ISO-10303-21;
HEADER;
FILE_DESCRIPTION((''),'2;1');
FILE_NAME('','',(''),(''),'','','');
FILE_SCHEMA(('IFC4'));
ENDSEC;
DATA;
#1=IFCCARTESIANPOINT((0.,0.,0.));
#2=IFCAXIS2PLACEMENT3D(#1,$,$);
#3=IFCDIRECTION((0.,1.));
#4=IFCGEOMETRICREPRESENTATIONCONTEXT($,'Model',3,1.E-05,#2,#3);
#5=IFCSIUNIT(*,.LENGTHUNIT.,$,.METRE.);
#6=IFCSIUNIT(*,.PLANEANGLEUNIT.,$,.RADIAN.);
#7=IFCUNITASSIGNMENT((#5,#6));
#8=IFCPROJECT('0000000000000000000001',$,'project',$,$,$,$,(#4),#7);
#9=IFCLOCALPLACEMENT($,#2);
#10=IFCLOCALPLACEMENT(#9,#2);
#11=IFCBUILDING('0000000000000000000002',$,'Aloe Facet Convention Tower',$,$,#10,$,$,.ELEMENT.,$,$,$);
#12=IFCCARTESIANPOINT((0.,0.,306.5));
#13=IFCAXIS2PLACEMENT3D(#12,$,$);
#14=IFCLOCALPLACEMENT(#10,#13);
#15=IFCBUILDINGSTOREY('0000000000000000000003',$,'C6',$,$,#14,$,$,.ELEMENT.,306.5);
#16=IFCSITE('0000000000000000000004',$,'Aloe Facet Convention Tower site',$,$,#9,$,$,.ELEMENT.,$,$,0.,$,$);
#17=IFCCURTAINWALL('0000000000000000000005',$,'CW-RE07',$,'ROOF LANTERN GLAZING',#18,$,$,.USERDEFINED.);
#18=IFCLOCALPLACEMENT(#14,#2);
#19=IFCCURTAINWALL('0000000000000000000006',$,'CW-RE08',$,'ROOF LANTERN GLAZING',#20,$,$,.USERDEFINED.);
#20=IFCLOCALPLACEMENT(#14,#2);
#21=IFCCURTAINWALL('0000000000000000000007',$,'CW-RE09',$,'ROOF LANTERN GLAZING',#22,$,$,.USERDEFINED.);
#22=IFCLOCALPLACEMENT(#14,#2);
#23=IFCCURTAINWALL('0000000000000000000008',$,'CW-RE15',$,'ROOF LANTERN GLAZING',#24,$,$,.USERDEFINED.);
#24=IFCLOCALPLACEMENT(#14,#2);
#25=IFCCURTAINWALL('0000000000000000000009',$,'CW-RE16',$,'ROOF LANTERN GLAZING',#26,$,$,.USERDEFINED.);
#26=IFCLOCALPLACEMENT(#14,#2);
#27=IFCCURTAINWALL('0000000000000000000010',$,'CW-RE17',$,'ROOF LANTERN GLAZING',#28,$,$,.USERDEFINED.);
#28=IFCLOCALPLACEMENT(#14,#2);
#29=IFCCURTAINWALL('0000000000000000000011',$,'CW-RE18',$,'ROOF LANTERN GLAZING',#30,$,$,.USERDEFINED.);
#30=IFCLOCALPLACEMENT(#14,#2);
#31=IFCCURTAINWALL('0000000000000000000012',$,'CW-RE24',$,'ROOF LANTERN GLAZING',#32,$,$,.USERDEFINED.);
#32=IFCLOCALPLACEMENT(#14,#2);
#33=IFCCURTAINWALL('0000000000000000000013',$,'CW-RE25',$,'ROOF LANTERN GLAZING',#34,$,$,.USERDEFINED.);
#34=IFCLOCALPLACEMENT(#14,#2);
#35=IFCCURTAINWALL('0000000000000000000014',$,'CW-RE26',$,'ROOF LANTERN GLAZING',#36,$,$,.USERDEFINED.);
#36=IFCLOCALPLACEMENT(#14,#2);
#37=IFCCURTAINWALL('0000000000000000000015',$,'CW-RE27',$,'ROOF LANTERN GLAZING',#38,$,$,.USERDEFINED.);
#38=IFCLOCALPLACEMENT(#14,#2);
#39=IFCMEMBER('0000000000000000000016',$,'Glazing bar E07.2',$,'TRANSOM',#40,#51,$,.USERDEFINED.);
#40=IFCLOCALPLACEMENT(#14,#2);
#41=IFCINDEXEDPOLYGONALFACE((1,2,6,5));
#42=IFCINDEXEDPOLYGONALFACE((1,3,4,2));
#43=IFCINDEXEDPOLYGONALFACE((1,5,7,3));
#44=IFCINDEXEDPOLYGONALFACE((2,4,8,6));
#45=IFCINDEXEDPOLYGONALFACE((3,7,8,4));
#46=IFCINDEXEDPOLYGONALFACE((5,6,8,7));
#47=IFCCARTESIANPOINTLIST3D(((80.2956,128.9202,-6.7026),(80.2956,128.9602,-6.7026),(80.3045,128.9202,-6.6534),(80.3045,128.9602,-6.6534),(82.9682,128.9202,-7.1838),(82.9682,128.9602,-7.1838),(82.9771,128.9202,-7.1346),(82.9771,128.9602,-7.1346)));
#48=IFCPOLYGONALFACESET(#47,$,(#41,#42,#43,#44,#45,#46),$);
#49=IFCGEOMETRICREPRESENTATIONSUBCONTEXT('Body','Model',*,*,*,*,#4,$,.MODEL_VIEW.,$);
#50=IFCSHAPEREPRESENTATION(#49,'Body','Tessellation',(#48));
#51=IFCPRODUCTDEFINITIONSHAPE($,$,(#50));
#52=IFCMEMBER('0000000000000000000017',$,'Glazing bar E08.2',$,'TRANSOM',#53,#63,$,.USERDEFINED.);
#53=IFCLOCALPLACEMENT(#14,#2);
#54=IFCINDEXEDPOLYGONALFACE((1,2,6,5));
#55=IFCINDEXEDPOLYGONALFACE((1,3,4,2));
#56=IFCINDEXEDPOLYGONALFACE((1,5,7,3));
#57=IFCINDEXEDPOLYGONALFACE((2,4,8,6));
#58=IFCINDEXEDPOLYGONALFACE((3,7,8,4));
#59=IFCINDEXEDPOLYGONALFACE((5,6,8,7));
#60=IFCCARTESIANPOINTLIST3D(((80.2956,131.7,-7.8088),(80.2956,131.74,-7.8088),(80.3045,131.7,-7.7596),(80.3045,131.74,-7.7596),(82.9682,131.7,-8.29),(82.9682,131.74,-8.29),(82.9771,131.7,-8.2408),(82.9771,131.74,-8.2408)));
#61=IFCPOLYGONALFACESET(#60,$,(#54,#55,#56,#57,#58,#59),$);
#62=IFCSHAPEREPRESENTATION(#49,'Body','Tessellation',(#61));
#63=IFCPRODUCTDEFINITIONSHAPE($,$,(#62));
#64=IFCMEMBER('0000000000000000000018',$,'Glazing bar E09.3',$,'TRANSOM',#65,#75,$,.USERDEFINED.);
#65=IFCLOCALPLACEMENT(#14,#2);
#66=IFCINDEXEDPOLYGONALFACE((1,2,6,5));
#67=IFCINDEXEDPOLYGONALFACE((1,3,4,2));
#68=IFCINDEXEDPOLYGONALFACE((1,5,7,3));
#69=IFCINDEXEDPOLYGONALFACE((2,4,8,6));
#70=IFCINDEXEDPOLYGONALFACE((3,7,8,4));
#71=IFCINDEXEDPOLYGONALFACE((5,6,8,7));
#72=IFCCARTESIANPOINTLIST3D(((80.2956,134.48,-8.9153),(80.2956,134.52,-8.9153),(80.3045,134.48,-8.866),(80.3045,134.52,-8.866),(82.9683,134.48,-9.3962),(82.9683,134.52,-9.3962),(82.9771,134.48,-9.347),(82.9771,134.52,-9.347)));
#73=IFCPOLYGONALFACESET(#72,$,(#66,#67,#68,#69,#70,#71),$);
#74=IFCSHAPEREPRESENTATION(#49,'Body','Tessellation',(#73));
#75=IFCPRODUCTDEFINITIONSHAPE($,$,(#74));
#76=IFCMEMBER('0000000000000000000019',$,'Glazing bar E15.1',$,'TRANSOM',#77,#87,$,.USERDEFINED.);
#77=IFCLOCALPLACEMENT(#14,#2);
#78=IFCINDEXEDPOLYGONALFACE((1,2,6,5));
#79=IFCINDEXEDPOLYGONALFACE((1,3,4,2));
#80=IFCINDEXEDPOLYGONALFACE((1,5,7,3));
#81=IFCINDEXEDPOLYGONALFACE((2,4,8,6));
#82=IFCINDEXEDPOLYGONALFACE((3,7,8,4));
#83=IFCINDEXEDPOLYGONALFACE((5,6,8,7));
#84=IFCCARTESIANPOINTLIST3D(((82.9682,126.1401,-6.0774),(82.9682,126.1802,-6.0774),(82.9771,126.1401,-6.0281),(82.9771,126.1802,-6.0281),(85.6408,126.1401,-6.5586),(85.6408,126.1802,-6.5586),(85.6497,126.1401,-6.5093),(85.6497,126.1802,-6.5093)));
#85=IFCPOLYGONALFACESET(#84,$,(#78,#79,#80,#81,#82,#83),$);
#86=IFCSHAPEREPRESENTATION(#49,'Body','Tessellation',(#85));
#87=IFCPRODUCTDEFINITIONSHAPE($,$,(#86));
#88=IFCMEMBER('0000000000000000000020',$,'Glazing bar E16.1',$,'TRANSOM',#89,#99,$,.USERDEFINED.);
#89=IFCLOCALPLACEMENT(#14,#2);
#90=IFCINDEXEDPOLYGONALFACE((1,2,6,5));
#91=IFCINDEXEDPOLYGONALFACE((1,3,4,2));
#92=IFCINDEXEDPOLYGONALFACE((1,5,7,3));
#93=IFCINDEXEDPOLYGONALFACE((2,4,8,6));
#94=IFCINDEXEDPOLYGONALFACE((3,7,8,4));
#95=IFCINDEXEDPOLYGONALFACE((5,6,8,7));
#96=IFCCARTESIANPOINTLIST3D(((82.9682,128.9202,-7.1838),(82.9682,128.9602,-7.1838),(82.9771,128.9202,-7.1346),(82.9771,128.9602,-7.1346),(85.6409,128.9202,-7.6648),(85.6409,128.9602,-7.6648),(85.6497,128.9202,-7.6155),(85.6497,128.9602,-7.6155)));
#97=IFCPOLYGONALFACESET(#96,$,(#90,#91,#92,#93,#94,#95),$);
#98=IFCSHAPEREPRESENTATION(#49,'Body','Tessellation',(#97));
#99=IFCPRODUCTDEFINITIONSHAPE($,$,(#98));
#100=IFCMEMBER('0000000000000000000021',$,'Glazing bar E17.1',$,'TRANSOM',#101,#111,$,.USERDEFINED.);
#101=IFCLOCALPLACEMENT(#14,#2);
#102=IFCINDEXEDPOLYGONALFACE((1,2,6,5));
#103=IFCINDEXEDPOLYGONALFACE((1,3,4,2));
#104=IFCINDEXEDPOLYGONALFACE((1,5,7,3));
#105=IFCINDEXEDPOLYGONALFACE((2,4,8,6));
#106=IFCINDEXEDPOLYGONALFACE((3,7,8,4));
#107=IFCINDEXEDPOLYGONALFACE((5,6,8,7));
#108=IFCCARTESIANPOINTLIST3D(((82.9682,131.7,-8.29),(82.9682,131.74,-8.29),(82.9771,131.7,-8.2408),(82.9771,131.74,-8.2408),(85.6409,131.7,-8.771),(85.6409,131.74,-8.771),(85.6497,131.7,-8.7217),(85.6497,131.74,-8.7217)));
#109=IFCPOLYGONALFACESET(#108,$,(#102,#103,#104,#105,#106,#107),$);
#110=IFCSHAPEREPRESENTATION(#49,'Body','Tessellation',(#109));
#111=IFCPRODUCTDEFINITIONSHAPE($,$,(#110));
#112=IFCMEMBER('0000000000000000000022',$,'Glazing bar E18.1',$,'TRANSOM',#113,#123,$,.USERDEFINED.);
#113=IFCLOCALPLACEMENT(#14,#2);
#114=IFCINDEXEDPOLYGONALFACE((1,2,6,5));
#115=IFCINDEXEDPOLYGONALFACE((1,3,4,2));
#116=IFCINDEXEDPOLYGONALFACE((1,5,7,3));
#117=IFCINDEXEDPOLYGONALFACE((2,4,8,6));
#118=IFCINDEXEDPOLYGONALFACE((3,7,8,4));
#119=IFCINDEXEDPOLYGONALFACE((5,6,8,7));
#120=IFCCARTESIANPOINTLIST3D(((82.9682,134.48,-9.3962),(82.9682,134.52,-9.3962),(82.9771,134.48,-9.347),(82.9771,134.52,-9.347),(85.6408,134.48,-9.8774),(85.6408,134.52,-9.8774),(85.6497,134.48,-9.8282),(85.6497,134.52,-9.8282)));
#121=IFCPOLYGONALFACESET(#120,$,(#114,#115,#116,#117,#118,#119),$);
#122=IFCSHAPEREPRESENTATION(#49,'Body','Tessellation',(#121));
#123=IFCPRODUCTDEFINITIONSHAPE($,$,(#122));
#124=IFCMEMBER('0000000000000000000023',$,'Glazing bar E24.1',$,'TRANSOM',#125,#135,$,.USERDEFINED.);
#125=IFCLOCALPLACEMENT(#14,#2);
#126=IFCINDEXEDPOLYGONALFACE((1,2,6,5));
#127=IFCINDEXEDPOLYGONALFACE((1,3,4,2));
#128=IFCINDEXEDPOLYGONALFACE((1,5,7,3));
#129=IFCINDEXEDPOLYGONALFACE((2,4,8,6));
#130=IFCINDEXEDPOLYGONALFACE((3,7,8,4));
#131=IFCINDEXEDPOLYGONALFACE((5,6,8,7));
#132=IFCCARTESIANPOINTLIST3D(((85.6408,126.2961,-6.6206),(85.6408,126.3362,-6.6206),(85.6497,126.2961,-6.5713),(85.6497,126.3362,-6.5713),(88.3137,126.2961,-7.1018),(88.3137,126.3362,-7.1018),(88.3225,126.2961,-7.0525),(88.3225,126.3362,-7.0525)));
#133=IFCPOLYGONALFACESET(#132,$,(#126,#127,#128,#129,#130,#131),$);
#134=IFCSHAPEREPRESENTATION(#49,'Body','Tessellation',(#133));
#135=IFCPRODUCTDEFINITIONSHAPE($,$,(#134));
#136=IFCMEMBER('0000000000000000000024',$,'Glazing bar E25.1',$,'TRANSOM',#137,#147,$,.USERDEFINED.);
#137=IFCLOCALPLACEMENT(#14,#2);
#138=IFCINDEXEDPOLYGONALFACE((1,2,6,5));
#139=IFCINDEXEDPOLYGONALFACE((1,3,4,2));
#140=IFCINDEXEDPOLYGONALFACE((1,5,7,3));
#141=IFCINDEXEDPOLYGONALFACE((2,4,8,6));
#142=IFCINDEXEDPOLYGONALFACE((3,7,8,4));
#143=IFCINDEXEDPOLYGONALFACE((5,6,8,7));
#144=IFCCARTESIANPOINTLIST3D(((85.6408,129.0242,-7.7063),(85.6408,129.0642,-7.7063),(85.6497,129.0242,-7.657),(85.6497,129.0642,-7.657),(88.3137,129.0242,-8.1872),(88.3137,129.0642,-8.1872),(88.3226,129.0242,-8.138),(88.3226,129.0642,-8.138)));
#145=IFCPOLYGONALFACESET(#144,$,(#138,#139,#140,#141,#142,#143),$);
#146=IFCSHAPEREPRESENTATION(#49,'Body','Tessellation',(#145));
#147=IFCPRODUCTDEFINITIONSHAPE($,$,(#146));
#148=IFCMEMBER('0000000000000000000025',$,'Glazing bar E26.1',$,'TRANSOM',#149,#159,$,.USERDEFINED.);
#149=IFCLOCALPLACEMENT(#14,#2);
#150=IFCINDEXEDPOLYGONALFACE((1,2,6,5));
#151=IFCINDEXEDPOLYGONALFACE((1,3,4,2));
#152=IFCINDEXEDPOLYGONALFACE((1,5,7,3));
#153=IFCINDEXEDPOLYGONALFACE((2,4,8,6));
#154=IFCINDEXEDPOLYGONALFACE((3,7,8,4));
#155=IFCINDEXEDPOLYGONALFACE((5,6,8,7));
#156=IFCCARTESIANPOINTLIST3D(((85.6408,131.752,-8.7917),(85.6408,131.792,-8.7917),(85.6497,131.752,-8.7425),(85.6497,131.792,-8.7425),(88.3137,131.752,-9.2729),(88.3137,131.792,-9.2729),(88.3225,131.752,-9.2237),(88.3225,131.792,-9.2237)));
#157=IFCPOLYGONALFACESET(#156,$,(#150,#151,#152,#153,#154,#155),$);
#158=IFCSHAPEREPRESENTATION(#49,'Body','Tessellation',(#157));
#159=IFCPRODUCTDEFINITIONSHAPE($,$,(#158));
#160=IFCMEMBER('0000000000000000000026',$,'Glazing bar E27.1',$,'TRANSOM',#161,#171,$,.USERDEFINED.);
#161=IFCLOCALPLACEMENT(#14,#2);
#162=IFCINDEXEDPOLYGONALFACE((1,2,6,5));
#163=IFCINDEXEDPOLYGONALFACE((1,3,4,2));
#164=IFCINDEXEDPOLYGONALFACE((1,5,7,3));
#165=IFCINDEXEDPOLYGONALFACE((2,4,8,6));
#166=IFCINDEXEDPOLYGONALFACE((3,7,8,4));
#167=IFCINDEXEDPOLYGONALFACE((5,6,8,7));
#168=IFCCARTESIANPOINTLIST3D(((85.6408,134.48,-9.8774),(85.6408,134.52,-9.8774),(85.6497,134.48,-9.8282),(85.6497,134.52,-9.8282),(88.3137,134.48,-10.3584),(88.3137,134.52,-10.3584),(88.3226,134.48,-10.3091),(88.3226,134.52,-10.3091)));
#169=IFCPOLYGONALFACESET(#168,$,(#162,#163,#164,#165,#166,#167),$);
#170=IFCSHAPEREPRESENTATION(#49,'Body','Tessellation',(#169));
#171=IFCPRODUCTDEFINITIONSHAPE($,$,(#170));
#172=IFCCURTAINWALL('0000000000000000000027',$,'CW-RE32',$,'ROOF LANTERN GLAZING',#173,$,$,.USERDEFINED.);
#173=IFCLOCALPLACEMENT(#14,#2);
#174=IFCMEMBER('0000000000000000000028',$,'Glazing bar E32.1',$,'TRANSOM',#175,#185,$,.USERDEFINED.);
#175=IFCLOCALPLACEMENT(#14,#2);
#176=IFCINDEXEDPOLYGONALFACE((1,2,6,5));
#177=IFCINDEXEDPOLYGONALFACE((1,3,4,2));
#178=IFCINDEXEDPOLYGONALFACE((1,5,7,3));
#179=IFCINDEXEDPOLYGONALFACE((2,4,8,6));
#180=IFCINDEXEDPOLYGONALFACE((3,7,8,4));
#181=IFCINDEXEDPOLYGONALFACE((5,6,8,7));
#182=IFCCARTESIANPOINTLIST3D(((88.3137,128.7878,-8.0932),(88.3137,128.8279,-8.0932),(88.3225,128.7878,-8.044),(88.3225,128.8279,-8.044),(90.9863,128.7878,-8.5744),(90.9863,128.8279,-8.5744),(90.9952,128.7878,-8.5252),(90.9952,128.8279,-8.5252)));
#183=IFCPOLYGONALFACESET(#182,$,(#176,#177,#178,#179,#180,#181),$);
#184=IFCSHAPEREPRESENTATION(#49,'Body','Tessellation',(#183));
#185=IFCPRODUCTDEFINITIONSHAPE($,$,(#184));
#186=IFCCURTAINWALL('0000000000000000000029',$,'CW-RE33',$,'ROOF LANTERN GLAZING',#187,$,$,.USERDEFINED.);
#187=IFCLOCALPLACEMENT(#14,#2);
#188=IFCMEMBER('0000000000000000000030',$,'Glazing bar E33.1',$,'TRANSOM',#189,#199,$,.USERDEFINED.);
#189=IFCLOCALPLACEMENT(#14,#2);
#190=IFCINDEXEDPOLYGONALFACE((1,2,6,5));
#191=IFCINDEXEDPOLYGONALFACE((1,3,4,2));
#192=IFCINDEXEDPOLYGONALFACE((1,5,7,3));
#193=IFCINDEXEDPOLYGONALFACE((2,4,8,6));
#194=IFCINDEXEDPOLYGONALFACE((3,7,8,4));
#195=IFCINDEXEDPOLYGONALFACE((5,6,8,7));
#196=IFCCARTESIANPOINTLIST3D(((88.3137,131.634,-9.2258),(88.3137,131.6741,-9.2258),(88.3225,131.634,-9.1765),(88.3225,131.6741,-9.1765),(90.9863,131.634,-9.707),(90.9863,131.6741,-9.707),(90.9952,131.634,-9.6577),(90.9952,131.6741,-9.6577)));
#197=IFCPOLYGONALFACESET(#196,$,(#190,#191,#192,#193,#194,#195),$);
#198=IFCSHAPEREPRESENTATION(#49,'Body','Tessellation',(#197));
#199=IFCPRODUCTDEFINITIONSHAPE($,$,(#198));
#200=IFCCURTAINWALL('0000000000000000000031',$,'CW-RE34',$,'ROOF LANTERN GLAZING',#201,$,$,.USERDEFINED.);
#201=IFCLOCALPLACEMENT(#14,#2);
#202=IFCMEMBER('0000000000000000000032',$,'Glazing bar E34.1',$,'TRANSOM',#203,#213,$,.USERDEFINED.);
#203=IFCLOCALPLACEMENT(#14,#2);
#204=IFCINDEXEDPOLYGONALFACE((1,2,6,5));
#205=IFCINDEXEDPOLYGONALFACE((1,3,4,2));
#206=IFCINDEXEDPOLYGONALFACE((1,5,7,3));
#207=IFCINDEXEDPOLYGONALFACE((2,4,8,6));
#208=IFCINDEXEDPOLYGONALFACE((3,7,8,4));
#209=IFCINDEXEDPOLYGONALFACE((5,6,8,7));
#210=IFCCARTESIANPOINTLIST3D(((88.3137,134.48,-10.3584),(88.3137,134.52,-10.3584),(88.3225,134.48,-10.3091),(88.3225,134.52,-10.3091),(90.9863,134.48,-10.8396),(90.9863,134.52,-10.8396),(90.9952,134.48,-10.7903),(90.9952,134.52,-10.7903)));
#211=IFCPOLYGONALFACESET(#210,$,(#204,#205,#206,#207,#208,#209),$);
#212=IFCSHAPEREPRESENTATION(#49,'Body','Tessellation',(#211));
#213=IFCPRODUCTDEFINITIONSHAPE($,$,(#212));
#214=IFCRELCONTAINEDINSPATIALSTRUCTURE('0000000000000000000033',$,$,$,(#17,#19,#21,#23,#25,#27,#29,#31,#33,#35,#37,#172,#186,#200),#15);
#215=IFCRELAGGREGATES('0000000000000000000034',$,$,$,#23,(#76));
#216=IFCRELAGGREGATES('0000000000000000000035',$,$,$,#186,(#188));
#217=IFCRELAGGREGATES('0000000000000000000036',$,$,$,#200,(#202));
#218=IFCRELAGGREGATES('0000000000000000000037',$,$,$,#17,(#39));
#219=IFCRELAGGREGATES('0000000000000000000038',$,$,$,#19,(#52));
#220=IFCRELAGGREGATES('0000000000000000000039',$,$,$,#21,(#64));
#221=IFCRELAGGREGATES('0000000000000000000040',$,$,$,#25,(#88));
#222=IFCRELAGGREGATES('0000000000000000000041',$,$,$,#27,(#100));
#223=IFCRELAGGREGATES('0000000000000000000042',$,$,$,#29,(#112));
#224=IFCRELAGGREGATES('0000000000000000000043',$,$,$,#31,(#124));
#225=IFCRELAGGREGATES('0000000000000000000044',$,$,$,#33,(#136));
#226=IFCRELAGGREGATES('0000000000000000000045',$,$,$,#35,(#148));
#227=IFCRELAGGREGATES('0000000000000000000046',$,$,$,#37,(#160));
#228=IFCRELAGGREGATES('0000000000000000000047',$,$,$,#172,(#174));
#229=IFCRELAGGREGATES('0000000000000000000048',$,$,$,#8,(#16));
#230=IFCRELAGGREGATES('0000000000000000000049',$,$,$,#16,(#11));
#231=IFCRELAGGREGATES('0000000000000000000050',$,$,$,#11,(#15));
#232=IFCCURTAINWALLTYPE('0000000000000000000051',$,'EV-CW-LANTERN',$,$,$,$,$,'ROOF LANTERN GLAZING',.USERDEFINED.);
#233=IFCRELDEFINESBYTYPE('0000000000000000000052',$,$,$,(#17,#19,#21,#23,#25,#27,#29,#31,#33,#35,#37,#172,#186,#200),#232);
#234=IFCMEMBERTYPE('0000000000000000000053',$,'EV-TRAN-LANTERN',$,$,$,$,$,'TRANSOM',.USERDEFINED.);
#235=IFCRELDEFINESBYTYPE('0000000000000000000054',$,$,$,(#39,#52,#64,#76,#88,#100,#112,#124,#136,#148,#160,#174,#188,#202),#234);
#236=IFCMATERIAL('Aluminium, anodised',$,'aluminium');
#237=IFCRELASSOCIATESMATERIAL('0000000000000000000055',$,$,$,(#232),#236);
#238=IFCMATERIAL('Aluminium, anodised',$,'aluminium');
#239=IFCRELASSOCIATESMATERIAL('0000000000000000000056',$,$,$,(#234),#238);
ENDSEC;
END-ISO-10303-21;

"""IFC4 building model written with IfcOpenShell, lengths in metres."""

from ifc_helpers import new_model, si_unit, direction, frame, origin, origin_2d, place, context, subcontext, project, spatial, rectangle, extrude, material, material_profile, profile_set, type_object, element, aggregate, save


model = new_model("IFC4")

# Units and contexts
model_context = context("Model", 3, precision=1e-05, world=origin(), true_north=direction((0.0, 1.0)))
body_context = subcontext(model_context, "Body", "Model", "MODEL_VIEW")
ifc_project = project(units=[si_unit("LENGTHUNIT", "METRE"), si_unit("PLANEANGLEUNIT", "RADIAN")], contexts=[model_context])

# Site, building, storey
site_placement = place(None, origin())
site = spatial("IfcSite", under=ifc_project, at=site_placement, Name="Aloe Facet Convention Tower site", CompositionType="ELEMENT", RefElevation=0.0)
building_placement = place(site_placement, origin())
building = spatial("IfcBuilding", under=site, at=building_placement, Name="Aloe Facet Convention Tower", CompositionType="ELEMENT")
storey_placement = place(building_placement, frame((0.0, 0.0, 306.5)))
storey = spatial("IfcBuildingStorey", under=building, at=storey_placement, Name="C6", CompositionType="ELEMENT", Elevation=306.5)

# Shared definitions
ifc_material_1 = material(Name="Aluminium, anodised", Category="aluminium")
curtain_wall_type = type_object("IfcCurtainWallType", Name="EV-CW-LANTERN", ElementType="ROOF LANTERN GLAZING", PredefinedType="USERDEFINED", material=ifc_material_1)

# Curtain walls
curtain_wall_1_placement = place(storey_placement, origin())
curtain_wall_1 = element("IfcCurtainWall", 1, at=curtain_wall_1_placement, inside=storey, type_object=curtain_wall_type, Name="CW-RE07", ObjectType="ROOF LANTERN GLAZING", PredefinedType="USERDEFINED")
curtain_wall_2_placement = place(storey_placement, origin())
curtain_wall_2 = element("IfcCurtainWall", 2, at=curtain_wall_2_placement, inside=storey, type_object=curtain_wall_type, Name="CW-RE08", ObjectType="ROOF LANTERN GLAZING", PredefinedType="USERDEFINED")
curtain_wall_3_placement = place(storey_placement, origin())
curtain_wall_3 = element("IfcCurtainWall", 3, at=curtain_wall_3_placement, inside=storey, type_object=curtain_wall_type, Name="CW-RE09", ObjectType="ROOF LANTERN GLAZING", PredefinedType="USERDEFINED")

# Curtain walls
curtain_wall_4_placement = place(storey_placement, origin())
curtain_wall_4 = element("IfcCurtainWall", 4, at=curtain_wall_4_placement, inside=storey, type_object=curtain_wall_type, Name="CW-RE15", ObjectType="ROOF LANTERN GLAZING", PredefinedType="USERDEFINED")
curtain_wall_5_placement = place(storey_placement, origin())
curtain_wall_5 = element("IfcCurtainWall", 5, at=curtain_wall_5_placement, inside=storey, type_object=curtain_wall_type, Name="CW-RE16", ObjectType="ROOF LANTERN GLAZING", PredefinedType="USERDEFINED")
curtain_wall_6_placement = place(storey_placement, origin())
curtain_wall_6 = element("IfcCurtainWall", 6, at=curtain_wall_6_placement, inside=storey, type_object=curtain_wall_type, Name="CW-RE17", ObjectType="ROOF LANTERN GLAZING", PredefinedType="USERDEFINED")
curtain_wall_7_placement = place(storey_placement, origin())
curtain_wall_7 = element("IfcCurtainWall", 7, at=curtain_wall_7_placement, inside=storey, type_object=curtain_wall_type, Name="CW-RE18", ObjectType="ROOF LANTERN GLAZING", PredefinedType="USERDEFINED")
curtain_wall_8_placement = place(storey_placement, origin())
curtain_wall_8 = element("IfcCurtainWall", 8, at=curtain_wall_8_placement, inside=storey, type_object=curtain_wall_type, Name="CW-RE24", ObjectType="ROOF LANTERN GLAZING", PredefinedType="USERDEFINED")
curtain_wall_9_placement = place(storey_placement, origin())
curtain_wall_9 = element("IfcCurtainWall", 9, at=curtain_wall_9_placement, inside=storey, type_object=curtain_wall_type, Name="CW-RE25", ObjectType="ROOF LANTERN GLAZING", PredefinedType="USERDEFINED")
curtain_wall_10_placement = place(storey_placement, origin())
curtain_wall_10 = element("IfcCurtainWall", 10, at=curtain_wall_10_placement, inside=storey, type_object=curtain_wall_type, Name="CW-RE26", ObjectType="ROOF LANTERN GLAZING", PredefinedType="USERDEFINED")
curtain_wall_11_placement = place(storey_placement, origin())
curtain_wall_11 = element("IfcCurtainWall", 11, at=curtain_wall_11_placement, inside=storey, type_object=curtain_wall_type, Name="CW-RE27", ObjectType="ROOF LANTERN GLAZING", PredefinedType="USERDEFINED")

# Members
ifc_material_2 = material(Name="Aluminium, anodised", Category="aluminium")
ifc_material_profile_1 = material_profile(ifc_material_2, rectangle(XDim=0.04, YDim=0.05, at=origin_2d()), Name="AL 40x50")
ifc_profile_set_1 = profile_set([ifc_material_profile_1], Name="Aluminium, anodised")
member_type_1 = type_object("IfcMemberType", Name="EV-TRAN-LANTERN", ElementType="TRANSOM", PredefinedType="USERDEFINED", material=ifc_profile_set_1)
member_1_placement = place(storey_placement, frame((80.3, 128.9402, -6.678), z_axis=(0.984175, 0.0, -0.1772), x_axis=(0.0, 1.0, 0.0)))
member_1 = element("IfcMember", 12, at=member_1_placement, type_object=member_type_1, Name="Glazing bar E07.2", ObjectType="TRANSOM", PredefinedType="USERDEFINED", context=body_context, shape_type="SweptSolid", body=[
    extrude(rectangle(XDim=0.04, YDim=0.05, at=origin_2d()), origin(), (0.0, 0.0, 1.0), 2.7156),
])
member_2_placement = place(storey_placement, frame((80.3, 131.72, -7.7842), z_axis=(0.984175, 0.0, -0.1772), x_axis=(0.0, 1.0, 0.0)))
member_2 = element("IfcMember", 13, at=member_2_placement, type_object=member_type_1, Name="Glazing bar E08.2", ObjectType="TRANSOM", PredefinedType="USERDEFINED", context=body_context, shape_type="SweptSolid", body=[
    extrude(rectangle(XDim=0.04, YDim=0.05, at=origin_2d()), origin(), (0.0, 0.0, 1.0), 2.7156),
])
member_3_placement = place(storey_placement, frame((80.3, 134.5, -8.8906), z_axis=(0.984191, 0.0, -0.177113), x_axis=(0.0, 1.0, 0.0)))
member_3 = element("IfcMember", 14, at=member_3_placement, type_object=member_type_1, Name="Glazing bar E09.3", ObjectType="TRANSOM", PredefinedType="USERDEFINED", context=body_context, shape_type="SweptSolid", body=[
    extrude(rectangle(XDim=0.04, YDim=0.05, at=origin_2d()), origin(), (0.0, 0.0, 1.0), 2.7156),
])
member_4_placement = place(storey_placement, frame((82.9727, 126.1602, -6.0527), z_axis=(0.984175, 0.0, -0.1772), x_axis=(0.0, 1.0, 0.0)))
member_4 = element("IfcMember", 15, at=member_4_placement, type_object=member_type_1, Name="Glazing bar E15.1", ObjectType="TRANSOM", PredefinedType="USERDEFINED", context=body_context, shape_type="SweptSolid", body=[
    extrude(rectangle(XDim=0.04, YDim=0.05, at=origin_2d()), origin(), (0.0, 0.0, 1.0), 2.7156),
])
aggregate(curtain_wall_4, [member_4])
member_5_placement = place(storey_placement, frame((82.9727, 128.9402, -7.1592), z_axis=(0.984191, 0.0, -0.177113), x_axis=(0.0, 1.0, 0.0)))
member_5 = element("IfcMember", 16, at=member_5_placement, type_object=member_type_1, Name="Glazing bar E16.1", ObjectType="TRANSOM", PredefinedType="USERDEFINED", context=body_context, shape_type="SweptSolid", body=[
    extrude(rectangle(XDim=0.04, YDim=0.05, at=origin_2d()), origin(), (0.0, 0.0, 1.0), 2.7156),
])
member_6_placement = place(storey_placement, frame((82.9727, 131.72, -8.2654), z_axis=(0.984191, 0.0, -0.177113), x_axis=(0.0, 1.0, 0.0)))
member_6 = element("IfcMember", 17, at=member_6_placement, type_object=member_type_1, Name="Glazing bar E17.1", ObjectType="TRANSOM", PredefinedType="USERDEFINED", context=body_context, shape_type="SweptSolid", body=[
    extrude(rectangle(XDim=0.04, YDim=0.05, at=origin_2d()), origin(), (0.0, 0.0, 1.0), 2.7156),
])
member_7_placement = place(storey_placement, frame((82.9727, 134.5, -9.3716), z_axis=(0.984175, 0.0, -0.1772), x_axis=(0.0, 1.0, 0.0)))
member_7 = element("IfcMember", 18, at=member_7_placement, type_object=member_type_1, Name="Glazing bar E18.1", ObjectType="TRANSOM", PredefinedType="USERDEFINED", context=body_context, shape_type="SweptSolid", body=[
    extrude(rectangle(XDim=0.04, YDim=0.05, at=origin_2d()), origin(), (0.0, 0.0, 1.0), 2.7156),
])
member_8_placement = place(storey_placement, frame((85.6453, 126.3162, -6.5959), z_axis=(0.984178, 0.0, -0.177184), x_axis=(0.0, 1.0, 0.0)))
member_8 = element("IfcMember", 19, at=member_8_placement, type_object=member_type_1, Name="Glazing bar E24.1", ObjectType="TRANSOM", PredefinedType="USERDEFINED", context=body_context, shape_type="SweptSolid", body=[
    extrude(rectangle(XDim=0.04, YDim=0.05, at=origin_2d()), origin(), (0.0, 0.0, 1.0), 2.7158),
])
member_9_placement = place(storey_placement, frame((85.6453, 129.0442, -7.6816), z_axis=(0.984193, 0.0, -0.177097), x_axis=(0.0, 1.0, 0.0)))
member_9 = element("IfcMember", 20, at=member_9_placement, type_object=member_type_1, Name="Glazing bar E25.1", ObjectType="TRANSOM", PredefinedType="USERDEFINED", context=body_context, shape_type="SweptSolid", body=[
    extrude(rectangle(XDim=0.04, YDim=0.05, at=origin_2d()), origin(), (0.0, 0.0, 1.0), 2.7158),
])
member_10_placement = place(storey_placement, frame((85.6453, 131.772, -8.7671), z_axis=(0.984178, 0.0, -0.177184), x_axis=(0.0, 1.0, 0.0)))
member_10 = element("IfcMember", 21, at=member_10_placement, type_object=member_type_1, Name="Glazing bar E26.1", ObjectType="TRANSOM", PredefinedType="USERDEFINED", context=body_context, shape_type="SweptSolid", body=[
    extrude(rectangle(XDim=0.04, YDim=0.05, at=origin_2d()), origin(), (0.0, 0.0, 1.0), 2.7158),
])
member_11_placement = place(storey_placement, frame((85.6453, 134.5, -9.8528), z_axis=(0.984193, 0.0, -0.177097), x_axis=(0.0, 1.0, 0.0)))
member_11 = element("IfcMember", 22, at=member_11_placement, type_object=member_type_1, Name="Glazing bar E27.1", ObjectType="TRANSOM", PredefinedType="USERDEFINED", context=body_context, shape_type="SweptSolid", body=[
    extrude(rectangle(XDim=0.04, YDim=0.05, at=origin_2d()), origin(), (0.0, 0.0, 1.0), 2.7158),
])

# Curtain walls, members
curtain_wall_12_placement = place(storey_placement, origin())
curtain_wall_12 = element("IfcCurtainWall", 23, at=curtain_wall_12_placement, inside=storey, type_object=curtain_wall_type, Name="CW-RE32", ObjectType="ROOF LANTERN GLAZING", PredefinedType="USERDEFINED")
member_12_placement = place(storey_placement, frame((88.3181, 128.8079, -8.0686), z_axis=(0.984175, 0.0, -0.1772), x_axis=(0.0, 1.0, 0.0)))
member_12 = element("IfcMember", 24, at=member_12_placement, type_object=member_type_1, Name="Glazing bar E32.1", ObjectType="TRANSOM", PredefinedType="USERDEFINED", context=body_context, shape_type="SweptSolid", body=[
    extrude(rectangle(XDim=0.04, YDim=0.05, at=origin_2d()), origin(), (0.0, 0.0, 1.0), 2.7156),
])
curtain_wall_13_placement = place(storey_placement, origin())
curtain_wall_13 = element("IfcCurtainWall", 25, at=curtain_wall_13_placement, inside=storey, type_object=curtain_wall_type, Name="CW-RE33", ObjectType="ROOF LANTERN GLAZING", PredefinedType="USERDEFINED")
member_13_placement = place(storey_placement, frame((88.3181, 131.6541, -9.2012), z_axis=(0.984175, 0.0, -0.1772), x_axis=(0.0, 1.0, 0.0)))
member_13 = element("IfcMember", 26, at=member_13_placement, type_object=member_type_1, Name="Glazing bar E33.1", ObjectType="TRANSOM", PredefinedType="USERDEFINED", context=body_context, shape_type="SweptSolid", body=[
    extrude(rectangle(XDim=0.04, YDim=0.05, at=origin_2d()), origin(), (0.0, 0.0, 1.0), 2.7156),
])
aggregate(curtain_wall_13, [member_13])
curtain_wall_14_placement = place(storey_placement, origin())
curtain_wall_14 = element("IfcCurtainWall", 27, at=curtain_wall_14_placement, inside=storey, type_object=curtain_wall_type, Name="CW-RE34", ObjectType="ROOF LANTERN GLAZING", PredefinedType="USERDEFINED")
member_14_placement = place(storey_placement, frame((88.3181, 134.5, -10.3337), z_axis=(0.984175, 0.0, -0.1772), x_axis=(0.0, 1.0, 0.0)))
member_14 = element("IfcMember", 28, at=member_14_placement, type_object=member_type_1, Name="Glazing bar E34.1", ObjectType="TRANSOM", PredefinedType="USERDEFINED", context=body_context, shape_type="SweptSolid", body=[
    extrude(rectangle(XDim=0.04, YDim=0.05, at=origin_2d()), origin(), (0.0, 0.0, 1.0), 2.7156),
])
aggregate(curtain_wall_14, [member_14])

aggregate(curtain_wall_1, [member_1])
aggregate(curtain_wall_2, [member_2])
aggregate(curtain_wall_3, [member_3])
aggregate(curtain_wall_5, [member_5])
aggregate(curtain_wall_6, [member_6])
aggregate(curtain_wall_7, [member_7])
aggregate(curtain_wall_8, [member_8])
aggregate(curtain_wall_9, [member_9])
aggregate(curtain_wall_10, [member_10])
aggregate(curtain_wall_11, [member_11])
aggregate(curtain_wall_12, [member_12])

save(model, "model.ifc")
